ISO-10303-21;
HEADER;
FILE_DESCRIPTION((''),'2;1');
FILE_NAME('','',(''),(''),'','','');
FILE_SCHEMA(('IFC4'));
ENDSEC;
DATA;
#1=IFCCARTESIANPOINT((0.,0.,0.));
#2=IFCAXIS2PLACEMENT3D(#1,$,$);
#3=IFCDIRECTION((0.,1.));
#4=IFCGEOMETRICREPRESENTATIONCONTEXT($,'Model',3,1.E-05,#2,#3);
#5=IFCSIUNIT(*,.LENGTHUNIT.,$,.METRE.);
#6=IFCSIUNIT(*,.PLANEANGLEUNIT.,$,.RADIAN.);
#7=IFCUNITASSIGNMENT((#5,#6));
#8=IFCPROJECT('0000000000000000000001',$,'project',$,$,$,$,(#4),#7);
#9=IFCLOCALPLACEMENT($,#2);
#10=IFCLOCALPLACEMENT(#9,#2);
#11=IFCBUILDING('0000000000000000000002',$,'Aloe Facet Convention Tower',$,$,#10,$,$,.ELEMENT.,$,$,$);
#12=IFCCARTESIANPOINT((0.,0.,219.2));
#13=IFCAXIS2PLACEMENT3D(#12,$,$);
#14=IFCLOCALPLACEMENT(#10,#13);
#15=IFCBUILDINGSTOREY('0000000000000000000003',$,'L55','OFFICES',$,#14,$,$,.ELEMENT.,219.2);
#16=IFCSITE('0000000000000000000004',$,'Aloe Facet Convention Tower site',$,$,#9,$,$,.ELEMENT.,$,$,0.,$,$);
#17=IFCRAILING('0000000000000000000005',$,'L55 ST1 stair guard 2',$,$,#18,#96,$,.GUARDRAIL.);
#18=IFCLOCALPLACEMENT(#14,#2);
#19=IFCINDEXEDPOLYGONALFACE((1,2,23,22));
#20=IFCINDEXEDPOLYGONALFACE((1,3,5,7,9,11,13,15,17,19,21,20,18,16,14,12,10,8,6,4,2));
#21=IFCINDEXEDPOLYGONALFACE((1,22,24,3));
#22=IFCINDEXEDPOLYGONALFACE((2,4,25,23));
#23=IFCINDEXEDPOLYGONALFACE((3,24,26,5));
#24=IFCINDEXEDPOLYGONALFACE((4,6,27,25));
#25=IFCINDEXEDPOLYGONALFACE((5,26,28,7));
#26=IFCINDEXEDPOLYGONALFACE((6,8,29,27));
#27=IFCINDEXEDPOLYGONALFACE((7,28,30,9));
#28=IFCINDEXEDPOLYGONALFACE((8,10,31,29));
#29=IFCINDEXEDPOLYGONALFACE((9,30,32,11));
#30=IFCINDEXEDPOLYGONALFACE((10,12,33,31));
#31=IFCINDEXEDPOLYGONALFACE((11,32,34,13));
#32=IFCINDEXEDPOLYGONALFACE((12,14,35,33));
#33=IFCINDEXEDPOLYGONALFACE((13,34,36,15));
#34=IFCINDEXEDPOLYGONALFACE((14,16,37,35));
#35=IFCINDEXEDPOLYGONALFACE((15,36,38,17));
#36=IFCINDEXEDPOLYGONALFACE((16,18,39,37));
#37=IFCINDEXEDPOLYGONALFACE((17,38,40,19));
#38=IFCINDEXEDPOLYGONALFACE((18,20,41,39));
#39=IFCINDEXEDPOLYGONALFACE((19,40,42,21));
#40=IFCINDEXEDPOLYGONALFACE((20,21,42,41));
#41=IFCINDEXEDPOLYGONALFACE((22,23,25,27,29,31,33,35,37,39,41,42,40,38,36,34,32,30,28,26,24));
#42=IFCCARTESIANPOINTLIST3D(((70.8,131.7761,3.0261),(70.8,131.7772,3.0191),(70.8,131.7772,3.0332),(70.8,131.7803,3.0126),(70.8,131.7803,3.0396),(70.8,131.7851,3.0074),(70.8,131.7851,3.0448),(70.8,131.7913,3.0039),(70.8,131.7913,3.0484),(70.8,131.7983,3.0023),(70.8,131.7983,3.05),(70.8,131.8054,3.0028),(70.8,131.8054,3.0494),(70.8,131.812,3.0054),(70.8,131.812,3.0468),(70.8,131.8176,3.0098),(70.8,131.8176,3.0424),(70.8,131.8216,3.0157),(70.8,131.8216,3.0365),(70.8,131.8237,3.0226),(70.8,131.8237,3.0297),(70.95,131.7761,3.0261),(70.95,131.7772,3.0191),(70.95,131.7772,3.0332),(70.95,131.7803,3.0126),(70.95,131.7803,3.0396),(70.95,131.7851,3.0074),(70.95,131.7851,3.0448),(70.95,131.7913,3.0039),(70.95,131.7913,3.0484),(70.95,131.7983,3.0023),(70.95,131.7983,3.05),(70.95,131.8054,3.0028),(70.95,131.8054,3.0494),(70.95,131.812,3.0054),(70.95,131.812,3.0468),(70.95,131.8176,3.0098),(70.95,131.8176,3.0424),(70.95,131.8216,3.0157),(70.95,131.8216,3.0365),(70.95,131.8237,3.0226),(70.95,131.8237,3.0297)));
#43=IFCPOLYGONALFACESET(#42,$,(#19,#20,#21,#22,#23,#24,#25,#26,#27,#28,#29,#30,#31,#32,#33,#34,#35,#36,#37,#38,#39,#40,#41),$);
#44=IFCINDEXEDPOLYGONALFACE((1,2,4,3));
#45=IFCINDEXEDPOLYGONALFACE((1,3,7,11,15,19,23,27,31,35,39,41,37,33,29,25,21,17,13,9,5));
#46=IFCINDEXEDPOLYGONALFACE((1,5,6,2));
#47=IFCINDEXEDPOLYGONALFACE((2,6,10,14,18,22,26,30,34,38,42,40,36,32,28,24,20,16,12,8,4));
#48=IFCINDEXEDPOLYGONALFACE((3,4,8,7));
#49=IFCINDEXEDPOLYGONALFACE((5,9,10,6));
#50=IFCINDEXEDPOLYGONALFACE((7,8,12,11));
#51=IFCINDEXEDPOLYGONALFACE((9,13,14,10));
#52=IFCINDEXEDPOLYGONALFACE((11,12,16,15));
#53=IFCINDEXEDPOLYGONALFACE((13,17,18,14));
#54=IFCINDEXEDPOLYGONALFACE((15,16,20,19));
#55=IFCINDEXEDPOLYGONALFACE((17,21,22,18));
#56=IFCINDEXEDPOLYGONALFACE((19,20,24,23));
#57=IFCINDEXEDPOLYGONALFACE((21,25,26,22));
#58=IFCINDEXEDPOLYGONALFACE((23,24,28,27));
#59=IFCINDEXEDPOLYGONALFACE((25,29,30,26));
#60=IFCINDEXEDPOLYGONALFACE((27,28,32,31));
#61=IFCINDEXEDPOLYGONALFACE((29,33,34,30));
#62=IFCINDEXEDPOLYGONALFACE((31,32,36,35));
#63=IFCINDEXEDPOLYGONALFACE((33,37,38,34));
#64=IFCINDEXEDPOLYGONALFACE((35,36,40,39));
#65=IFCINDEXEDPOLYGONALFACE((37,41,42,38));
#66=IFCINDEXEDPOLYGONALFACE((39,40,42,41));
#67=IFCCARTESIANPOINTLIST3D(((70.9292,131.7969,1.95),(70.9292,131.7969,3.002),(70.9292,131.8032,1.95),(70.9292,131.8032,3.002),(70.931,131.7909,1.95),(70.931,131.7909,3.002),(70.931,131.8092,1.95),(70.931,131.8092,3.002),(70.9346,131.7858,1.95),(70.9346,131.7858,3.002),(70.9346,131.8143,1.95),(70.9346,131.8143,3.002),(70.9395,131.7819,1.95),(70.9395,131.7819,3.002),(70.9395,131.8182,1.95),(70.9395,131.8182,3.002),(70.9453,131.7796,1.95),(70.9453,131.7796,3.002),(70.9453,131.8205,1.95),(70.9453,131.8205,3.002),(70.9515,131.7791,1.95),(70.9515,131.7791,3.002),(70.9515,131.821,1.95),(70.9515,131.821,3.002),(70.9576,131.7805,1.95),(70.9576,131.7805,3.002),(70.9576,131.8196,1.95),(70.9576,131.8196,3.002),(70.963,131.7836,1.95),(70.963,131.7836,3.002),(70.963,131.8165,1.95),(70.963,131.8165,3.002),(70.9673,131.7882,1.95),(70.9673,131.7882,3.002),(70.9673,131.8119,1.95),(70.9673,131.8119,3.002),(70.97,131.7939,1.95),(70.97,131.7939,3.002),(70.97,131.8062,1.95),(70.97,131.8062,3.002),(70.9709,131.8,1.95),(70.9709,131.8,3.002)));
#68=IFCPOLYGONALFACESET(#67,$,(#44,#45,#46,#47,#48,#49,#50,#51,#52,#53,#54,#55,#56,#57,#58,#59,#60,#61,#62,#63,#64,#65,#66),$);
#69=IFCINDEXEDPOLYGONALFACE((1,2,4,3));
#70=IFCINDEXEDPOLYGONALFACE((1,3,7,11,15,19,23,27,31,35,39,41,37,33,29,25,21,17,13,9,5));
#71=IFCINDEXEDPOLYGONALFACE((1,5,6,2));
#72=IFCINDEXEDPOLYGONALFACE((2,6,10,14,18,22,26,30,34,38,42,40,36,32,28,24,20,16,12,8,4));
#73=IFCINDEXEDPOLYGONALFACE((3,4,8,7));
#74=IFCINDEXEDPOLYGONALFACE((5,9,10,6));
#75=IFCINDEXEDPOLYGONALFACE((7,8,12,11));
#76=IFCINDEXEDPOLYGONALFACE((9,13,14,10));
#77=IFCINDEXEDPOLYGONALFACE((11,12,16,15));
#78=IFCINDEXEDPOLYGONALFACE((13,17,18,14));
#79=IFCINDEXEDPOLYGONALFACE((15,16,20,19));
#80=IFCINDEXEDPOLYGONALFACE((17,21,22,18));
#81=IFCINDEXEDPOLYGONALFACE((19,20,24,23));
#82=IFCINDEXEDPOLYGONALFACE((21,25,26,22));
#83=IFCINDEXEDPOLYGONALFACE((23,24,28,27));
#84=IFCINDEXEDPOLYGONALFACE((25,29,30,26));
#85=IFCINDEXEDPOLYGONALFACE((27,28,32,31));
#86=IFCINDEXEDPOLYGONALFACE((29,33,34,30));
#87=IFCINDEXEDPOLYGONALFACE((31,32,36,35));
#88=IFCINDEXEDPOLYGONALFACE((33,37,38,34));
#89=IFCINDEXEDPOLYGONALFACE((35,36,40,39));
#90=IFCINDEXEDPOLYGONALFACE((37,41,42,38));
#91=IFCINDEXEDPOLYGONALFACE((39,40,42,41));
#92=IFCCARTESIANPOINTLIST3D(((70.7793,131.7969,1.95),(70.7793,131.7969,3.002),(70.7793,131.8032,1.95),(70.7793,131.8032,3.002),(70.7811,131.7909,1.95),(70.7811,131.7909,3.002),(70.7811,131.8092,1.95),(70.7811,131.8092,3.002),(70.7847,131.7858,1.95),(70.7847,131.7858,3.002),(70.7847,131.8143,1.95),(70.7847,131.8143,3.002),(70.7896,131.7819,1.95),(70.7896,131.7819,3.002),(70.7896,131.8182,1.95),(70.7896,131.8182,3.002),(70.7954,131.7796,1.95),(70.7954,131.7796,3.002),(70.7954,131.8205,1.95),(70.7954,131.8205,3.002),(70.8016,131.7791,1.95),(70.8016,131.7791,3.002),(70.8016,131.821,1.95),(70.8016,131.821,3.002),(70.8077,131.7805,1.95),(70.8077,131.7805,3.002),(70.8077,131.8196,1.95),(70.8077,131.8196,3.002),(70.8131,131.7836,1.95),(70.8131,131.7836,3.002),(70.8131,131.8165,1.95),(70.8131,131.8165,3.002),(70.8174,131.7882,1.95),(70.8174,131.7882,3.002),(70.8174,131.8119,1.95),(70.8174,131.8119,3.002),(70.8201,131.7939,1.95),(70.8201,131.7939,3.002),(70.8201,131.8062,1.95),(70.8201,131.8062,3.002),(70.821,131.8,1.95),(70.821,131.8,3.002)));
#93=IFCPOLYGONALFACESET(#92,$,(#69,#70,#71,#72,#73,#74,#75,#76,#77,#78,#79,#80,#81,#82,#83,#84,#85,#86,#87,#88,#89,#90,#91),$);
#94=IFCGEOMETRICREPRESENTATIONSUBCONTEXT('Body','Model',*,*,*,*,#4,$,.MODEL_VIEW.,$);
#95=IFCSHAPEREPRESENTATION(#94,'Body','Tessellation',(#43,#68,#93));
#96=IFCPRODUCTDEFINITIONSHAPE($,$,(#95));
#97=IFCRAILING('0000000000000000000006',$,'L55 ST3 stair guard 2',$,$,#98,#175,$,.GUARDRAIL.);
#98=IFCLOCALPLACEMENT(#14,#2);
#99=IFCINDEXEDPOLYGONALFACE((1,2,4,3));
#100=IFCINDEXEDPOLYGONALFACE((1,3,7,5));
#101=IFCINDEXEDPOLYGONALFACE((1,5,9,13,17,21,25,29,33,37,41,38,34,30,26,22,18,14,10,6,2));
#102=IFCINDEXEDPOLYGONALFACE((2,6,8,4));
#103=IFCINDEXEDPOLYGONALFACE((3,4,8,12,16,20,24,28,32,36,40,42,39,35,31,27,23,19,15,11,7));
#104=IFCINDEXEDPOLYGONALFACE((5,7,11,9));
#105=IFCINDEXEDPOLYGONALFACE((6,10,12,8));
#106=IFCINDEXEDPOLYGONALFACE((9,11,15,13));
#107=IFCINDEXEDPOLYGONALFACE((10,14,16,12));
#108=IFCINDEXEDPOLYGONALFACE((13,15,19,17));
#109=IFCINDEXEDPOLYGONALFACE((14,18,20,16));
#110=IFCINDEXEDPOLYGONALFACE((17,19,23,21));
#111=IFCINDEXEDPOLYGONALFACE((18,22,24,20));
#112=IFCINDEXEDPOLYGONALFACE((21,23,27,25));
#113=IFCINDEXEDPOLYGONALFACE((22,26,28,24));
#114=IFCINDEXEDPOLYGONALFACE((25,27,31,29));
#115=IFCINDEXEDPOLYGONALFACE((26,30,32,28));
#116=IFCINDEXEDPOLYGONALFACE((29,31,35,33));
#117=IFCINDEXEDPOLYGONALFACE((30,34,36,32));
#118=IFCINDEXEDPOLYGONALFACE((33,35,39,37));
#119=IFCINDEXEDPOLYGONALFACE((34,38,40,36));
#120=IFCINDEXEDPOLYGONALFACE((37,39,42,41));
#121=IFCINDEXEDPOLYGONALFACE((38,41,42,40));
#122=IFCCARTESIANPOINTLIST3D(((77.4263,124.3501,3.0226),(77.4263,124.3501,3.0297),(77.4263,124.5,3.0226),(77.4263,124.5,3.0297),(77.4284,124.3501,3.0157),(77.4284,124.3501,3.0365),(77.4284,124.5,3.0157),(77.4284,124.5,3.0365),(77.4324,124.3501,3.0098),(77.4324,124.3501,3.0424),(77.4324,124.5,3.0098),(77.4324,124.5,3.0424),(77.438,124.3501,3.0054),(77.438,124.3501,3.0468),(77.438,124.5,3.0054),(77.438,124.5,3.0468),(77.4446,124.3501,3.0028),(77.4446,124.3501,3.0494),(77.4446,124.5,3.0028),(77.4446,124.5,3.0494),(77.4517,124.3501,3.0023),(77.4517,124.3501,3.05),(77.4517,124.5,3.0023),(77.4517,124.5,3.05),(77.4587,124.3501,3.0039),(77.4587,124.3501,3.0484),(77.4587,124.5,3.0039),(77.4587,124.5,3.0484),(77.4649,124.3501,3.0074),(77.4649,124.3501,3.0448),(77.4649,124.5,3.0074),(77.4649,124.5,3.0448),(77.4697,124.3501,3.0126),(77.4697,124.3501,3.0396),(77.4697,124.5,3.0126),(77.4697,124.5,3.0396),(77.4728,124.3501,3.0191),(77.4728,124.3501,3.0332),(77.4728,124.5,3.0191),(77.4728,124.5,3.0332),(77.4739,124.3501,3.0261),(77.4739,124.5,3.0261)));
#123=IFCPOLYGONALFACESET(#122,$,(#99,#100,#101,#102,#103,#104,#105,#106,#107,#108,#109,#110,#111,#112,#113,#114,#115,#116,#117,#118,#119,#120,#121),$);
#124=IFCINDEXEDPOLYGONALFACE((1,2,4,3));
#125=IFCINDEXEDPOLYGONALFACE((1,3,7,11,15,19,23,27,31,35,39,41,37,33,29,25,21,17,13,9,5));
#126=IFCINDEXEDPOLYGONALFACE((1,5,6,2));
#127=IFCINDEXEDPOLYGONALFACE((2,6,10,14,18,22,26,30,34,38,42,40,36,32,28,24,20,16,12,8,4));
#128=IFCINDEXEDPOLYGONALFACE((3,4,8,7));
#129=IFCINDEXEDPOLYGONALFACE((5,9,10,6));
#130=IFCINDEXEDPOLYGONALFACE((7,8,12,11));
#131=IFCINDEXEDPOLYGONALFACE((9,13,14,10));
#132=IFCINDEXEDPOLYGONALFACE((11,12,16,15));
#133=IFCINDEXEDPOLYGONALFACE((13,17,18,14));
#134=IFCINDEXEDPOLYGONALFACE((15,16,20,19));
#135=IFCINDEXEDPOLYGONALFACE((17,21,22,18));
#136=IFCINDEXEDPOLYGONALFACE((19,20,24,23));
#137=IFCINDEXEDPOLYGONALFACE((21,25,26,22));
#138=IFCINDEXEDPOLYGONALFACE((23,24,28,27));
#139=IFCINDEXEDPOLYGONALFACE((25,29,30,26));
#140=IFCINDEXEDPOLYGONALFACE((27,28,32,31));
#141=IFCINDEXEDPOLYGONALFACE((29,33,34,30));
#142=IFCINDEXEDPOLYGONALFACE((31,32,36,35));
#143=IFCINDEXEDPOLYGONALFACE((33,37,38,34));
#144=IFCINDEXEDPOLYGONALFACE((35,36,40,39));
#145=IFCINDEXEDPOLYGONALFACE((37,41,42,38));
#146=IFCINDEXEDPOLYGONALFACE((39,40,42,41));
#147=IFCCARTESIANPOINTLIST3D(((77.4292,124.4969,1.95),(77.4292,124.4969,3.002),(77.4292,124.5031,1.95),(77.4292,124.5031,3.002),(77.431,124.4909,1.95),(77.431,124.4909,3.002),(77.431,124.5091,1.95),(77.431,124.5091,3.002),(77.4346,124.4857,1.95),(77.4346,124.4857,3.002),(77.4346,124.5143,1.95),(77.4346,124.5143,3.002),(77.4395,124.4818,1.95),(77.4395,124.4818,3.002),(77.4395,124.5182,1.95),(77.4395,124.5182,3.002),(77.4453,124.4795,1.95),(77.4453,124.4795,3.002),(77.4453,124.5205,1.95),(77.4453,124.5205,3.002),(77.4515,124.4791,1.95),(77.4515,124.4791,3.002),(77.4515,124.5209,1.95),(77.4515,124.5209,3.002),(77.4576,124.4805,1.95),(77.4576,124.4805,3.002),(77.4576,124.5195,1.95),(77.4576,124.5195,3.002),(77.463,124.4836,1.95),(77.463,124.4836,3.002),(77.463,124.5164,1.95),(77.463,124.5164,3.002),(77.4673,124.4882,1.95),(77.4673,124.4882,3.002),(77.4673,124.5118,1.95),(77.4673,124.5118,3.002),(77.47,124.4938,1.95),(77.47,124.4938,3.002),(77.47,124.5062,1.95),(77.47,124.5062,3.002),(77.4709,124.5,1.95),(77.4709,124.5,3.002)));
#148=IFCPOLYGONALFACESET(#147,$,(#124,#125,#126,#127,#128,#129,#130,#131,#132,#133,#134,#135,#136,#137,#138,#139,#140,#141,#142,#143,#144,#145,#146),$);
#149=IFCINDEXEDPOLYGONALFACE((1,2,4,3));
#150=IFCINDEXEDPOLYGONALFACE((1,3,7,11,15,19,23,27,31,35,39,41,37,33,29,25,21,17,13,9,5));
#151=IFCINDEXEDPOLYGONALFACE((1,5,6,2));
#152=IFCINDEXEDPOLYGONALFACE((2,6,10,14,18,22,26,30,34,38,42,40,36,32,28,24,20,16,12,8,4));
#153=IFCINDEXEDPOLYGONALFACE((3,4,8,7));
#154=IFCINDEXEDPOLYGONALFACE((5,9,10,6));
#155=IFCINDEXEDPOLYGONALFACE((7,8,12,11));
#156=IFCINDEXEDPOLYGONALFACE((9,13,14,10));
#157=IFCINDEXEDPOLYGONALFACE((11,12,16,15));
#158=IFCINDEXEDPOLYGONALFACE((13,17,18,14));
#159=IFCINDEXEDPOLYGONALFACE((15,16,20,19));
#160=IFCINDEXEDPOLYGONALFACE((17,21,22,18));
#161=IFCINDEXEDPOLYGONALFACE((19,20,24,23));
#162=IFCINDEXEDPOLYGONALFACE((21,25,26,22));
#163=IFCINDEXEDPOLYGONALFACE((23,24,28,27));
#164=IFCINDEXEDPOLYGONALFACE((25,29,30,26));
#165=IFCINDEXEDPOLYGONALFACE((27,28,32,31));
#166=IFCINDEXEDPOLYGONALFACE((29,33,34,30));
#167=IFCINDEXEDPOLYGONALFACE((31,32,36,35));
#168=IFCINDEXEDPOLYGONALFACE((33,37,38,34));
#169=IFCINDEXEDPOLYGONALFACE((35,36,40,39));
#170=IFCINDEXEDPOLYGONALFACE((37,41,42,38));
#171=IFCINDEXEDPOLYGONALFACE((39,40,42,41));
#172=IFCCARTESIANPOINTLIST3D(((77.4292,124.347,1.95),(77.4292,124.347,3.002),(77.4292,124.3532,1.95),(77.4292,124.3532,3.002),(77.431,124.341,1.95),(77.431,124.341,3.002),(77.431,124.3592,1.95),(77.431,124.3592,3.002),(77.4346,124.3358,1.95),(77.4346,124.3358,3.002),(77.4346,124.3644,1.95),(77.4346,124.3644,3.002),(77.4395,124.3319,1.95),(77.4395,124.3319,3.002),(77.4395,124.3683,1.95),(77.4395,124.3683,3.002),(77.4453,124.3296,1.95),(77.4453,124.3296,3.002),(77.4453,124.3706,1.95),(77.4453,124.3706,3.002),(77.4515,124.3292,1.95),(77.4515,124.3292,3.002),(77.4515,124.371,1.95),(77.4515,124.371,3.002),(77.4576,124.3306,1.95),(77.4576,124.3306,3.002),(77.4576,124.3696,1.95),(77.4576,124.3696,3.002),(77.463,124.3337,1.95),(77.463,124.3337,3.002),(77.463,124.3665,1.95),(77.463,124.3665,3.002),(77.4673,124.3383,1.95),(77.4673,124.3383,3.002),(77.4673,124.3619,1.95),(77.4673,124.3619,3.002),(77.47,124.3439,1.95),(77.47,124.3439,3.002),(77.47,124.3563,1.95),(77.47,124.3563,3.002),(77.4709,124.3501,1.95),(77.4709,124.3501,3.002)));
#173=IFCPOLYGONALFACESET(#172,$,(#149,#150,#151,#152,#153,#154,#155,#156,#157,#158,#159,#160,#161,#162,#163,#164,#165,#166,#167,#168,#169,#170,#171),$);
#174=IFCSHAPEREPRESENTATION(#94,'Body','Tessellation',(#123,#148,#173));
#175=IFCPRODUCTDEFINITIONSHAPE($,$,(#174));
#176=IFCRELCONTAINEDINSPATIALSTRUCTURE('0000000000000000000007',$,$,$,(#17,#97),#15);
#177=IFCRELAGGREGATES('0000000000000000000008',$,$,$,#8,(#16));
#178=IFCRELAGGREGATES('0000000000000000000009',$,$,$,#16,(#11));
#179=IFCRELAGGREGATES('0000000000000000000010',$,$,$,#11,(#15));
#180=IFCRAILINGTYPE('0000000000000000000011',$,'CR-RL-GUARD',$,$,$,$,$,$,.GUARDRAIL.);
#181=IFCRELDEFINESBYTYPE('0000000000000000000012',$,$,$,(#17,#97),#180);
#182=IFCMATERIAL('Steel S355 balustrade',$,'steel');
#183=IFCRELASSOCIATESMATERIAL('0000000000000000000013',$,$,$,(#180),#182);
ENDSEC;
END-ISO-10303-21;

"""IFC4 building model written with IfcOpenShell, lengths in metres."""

from ifc_helpers import new_model, si_unit, direction, frame, origin, origin_2d, place, context, subcontext, project, spatial, circle, extrude, material, type_object, element, save


model = new_model("IFC4")

# Units and contexts
model_context = context("Model", 3, precision=1e-05, world=origin(), true_north=direction((0.0, 1.0)))
body_context = subcontext(model_context, "Body", "Model", "MODEL_VIEW")
ifc_project = project(units=[si_unit("LENGTHUNIT", "METRE"), si_unit("PLANEANGLEUNIT", "RADIAN")], contexts=[model_context])

# Site, building, storey
site_placement = place(None, origin())
site = spatial("IfcSite", under=ifc_project, at=site_placement, Name="Aloe Facet Convention Tower site", CompositionType="ELEMENT", RefElevation=0.0)
building_placement = place(site_placement, origin())
building = spatial("IfcBuilding", under=site, at=building_placement, Name="Aloe Facet Convention Tower", CompositionType="ELEMENT")
storey_placement = place(building_placement, frame((0.0, 0.0, 219.2)))
storey = spatial("IfcBuildingStorey", under=building, at=storey_placement, Name="L55", Description="OFFICES", CompositionType="ELEMENT", Elevation=219.2)

# Railings
ifc_material_1 = material(Name="Steel S355 balustrade", Category="steel")
railing_type_1 = type_object("IfcRailingType", Name="CR-RL-GUARD", PredefinedType="GUARDRAIL", material=ifc_material_1)
railing_1_placement = place(storey_placement, frame((70.95, 131.8, 1.95)))
element("IfcRailing", 1, at=railing_1_placement, inside=storey, type_object=railing_type_1, Name="L55 ST1 stair guard 2", PredefinedType="GUARDRAIL", context=body_context, shape_type="SweptSolid", body=[
    extrude(circle(Radius=0.0239, at=origin_2d()), frame((0.0, 0.0, 1.0762), z_axis=(-1.0, 0.0, 0.0), x_axis=(0.0, -1.0, 0.0)), (0.0, 0.0, 1.0), 0.1499),
    extrude(circle(Radius=0.021, at=origin_2d()), origin(), (0.0, 0.0, 1.0), 1.052),
    extrude(circle(Radius=0.021, at=origin_2d()), frame((-0.1499, 0.0, 0.0)), (0.0, 0.0, 1.0), 1.052),
])
railing_2_placement = place(storey_placement, frame((77.45, 124.5, 1.95)))
element("IfcRailing", 2, at=railing_2_placement, inside=storey, type_object=railing_type_1, Name="L55 ST3 stair guard 2", PredefinedType="GUARDRAIL", context=body_context, shape_type="SweptSolid", body=[
    extrude(circle(Radius=0.0239, at=origin_2d()), frame((0.0, 0.0, 1.0762), z_axis=(0.0, -1.0, 0.0), x_axis=(1.0, 0.0, 0.0)), (0.0, 0.0, 1.0), 0.1499),
    extrude(circle(Radius=0.021, at=origin_2d()), origin(), (0.0, 0.0, 1.0), 1.052),
    extrude(circle(Radius=0.021, at=origin_2d()), frame((0.0, -0.1499, 0.0)), (0.0, 0.0, 1.0), 1.052),
])

save(model, "model.ifc")
